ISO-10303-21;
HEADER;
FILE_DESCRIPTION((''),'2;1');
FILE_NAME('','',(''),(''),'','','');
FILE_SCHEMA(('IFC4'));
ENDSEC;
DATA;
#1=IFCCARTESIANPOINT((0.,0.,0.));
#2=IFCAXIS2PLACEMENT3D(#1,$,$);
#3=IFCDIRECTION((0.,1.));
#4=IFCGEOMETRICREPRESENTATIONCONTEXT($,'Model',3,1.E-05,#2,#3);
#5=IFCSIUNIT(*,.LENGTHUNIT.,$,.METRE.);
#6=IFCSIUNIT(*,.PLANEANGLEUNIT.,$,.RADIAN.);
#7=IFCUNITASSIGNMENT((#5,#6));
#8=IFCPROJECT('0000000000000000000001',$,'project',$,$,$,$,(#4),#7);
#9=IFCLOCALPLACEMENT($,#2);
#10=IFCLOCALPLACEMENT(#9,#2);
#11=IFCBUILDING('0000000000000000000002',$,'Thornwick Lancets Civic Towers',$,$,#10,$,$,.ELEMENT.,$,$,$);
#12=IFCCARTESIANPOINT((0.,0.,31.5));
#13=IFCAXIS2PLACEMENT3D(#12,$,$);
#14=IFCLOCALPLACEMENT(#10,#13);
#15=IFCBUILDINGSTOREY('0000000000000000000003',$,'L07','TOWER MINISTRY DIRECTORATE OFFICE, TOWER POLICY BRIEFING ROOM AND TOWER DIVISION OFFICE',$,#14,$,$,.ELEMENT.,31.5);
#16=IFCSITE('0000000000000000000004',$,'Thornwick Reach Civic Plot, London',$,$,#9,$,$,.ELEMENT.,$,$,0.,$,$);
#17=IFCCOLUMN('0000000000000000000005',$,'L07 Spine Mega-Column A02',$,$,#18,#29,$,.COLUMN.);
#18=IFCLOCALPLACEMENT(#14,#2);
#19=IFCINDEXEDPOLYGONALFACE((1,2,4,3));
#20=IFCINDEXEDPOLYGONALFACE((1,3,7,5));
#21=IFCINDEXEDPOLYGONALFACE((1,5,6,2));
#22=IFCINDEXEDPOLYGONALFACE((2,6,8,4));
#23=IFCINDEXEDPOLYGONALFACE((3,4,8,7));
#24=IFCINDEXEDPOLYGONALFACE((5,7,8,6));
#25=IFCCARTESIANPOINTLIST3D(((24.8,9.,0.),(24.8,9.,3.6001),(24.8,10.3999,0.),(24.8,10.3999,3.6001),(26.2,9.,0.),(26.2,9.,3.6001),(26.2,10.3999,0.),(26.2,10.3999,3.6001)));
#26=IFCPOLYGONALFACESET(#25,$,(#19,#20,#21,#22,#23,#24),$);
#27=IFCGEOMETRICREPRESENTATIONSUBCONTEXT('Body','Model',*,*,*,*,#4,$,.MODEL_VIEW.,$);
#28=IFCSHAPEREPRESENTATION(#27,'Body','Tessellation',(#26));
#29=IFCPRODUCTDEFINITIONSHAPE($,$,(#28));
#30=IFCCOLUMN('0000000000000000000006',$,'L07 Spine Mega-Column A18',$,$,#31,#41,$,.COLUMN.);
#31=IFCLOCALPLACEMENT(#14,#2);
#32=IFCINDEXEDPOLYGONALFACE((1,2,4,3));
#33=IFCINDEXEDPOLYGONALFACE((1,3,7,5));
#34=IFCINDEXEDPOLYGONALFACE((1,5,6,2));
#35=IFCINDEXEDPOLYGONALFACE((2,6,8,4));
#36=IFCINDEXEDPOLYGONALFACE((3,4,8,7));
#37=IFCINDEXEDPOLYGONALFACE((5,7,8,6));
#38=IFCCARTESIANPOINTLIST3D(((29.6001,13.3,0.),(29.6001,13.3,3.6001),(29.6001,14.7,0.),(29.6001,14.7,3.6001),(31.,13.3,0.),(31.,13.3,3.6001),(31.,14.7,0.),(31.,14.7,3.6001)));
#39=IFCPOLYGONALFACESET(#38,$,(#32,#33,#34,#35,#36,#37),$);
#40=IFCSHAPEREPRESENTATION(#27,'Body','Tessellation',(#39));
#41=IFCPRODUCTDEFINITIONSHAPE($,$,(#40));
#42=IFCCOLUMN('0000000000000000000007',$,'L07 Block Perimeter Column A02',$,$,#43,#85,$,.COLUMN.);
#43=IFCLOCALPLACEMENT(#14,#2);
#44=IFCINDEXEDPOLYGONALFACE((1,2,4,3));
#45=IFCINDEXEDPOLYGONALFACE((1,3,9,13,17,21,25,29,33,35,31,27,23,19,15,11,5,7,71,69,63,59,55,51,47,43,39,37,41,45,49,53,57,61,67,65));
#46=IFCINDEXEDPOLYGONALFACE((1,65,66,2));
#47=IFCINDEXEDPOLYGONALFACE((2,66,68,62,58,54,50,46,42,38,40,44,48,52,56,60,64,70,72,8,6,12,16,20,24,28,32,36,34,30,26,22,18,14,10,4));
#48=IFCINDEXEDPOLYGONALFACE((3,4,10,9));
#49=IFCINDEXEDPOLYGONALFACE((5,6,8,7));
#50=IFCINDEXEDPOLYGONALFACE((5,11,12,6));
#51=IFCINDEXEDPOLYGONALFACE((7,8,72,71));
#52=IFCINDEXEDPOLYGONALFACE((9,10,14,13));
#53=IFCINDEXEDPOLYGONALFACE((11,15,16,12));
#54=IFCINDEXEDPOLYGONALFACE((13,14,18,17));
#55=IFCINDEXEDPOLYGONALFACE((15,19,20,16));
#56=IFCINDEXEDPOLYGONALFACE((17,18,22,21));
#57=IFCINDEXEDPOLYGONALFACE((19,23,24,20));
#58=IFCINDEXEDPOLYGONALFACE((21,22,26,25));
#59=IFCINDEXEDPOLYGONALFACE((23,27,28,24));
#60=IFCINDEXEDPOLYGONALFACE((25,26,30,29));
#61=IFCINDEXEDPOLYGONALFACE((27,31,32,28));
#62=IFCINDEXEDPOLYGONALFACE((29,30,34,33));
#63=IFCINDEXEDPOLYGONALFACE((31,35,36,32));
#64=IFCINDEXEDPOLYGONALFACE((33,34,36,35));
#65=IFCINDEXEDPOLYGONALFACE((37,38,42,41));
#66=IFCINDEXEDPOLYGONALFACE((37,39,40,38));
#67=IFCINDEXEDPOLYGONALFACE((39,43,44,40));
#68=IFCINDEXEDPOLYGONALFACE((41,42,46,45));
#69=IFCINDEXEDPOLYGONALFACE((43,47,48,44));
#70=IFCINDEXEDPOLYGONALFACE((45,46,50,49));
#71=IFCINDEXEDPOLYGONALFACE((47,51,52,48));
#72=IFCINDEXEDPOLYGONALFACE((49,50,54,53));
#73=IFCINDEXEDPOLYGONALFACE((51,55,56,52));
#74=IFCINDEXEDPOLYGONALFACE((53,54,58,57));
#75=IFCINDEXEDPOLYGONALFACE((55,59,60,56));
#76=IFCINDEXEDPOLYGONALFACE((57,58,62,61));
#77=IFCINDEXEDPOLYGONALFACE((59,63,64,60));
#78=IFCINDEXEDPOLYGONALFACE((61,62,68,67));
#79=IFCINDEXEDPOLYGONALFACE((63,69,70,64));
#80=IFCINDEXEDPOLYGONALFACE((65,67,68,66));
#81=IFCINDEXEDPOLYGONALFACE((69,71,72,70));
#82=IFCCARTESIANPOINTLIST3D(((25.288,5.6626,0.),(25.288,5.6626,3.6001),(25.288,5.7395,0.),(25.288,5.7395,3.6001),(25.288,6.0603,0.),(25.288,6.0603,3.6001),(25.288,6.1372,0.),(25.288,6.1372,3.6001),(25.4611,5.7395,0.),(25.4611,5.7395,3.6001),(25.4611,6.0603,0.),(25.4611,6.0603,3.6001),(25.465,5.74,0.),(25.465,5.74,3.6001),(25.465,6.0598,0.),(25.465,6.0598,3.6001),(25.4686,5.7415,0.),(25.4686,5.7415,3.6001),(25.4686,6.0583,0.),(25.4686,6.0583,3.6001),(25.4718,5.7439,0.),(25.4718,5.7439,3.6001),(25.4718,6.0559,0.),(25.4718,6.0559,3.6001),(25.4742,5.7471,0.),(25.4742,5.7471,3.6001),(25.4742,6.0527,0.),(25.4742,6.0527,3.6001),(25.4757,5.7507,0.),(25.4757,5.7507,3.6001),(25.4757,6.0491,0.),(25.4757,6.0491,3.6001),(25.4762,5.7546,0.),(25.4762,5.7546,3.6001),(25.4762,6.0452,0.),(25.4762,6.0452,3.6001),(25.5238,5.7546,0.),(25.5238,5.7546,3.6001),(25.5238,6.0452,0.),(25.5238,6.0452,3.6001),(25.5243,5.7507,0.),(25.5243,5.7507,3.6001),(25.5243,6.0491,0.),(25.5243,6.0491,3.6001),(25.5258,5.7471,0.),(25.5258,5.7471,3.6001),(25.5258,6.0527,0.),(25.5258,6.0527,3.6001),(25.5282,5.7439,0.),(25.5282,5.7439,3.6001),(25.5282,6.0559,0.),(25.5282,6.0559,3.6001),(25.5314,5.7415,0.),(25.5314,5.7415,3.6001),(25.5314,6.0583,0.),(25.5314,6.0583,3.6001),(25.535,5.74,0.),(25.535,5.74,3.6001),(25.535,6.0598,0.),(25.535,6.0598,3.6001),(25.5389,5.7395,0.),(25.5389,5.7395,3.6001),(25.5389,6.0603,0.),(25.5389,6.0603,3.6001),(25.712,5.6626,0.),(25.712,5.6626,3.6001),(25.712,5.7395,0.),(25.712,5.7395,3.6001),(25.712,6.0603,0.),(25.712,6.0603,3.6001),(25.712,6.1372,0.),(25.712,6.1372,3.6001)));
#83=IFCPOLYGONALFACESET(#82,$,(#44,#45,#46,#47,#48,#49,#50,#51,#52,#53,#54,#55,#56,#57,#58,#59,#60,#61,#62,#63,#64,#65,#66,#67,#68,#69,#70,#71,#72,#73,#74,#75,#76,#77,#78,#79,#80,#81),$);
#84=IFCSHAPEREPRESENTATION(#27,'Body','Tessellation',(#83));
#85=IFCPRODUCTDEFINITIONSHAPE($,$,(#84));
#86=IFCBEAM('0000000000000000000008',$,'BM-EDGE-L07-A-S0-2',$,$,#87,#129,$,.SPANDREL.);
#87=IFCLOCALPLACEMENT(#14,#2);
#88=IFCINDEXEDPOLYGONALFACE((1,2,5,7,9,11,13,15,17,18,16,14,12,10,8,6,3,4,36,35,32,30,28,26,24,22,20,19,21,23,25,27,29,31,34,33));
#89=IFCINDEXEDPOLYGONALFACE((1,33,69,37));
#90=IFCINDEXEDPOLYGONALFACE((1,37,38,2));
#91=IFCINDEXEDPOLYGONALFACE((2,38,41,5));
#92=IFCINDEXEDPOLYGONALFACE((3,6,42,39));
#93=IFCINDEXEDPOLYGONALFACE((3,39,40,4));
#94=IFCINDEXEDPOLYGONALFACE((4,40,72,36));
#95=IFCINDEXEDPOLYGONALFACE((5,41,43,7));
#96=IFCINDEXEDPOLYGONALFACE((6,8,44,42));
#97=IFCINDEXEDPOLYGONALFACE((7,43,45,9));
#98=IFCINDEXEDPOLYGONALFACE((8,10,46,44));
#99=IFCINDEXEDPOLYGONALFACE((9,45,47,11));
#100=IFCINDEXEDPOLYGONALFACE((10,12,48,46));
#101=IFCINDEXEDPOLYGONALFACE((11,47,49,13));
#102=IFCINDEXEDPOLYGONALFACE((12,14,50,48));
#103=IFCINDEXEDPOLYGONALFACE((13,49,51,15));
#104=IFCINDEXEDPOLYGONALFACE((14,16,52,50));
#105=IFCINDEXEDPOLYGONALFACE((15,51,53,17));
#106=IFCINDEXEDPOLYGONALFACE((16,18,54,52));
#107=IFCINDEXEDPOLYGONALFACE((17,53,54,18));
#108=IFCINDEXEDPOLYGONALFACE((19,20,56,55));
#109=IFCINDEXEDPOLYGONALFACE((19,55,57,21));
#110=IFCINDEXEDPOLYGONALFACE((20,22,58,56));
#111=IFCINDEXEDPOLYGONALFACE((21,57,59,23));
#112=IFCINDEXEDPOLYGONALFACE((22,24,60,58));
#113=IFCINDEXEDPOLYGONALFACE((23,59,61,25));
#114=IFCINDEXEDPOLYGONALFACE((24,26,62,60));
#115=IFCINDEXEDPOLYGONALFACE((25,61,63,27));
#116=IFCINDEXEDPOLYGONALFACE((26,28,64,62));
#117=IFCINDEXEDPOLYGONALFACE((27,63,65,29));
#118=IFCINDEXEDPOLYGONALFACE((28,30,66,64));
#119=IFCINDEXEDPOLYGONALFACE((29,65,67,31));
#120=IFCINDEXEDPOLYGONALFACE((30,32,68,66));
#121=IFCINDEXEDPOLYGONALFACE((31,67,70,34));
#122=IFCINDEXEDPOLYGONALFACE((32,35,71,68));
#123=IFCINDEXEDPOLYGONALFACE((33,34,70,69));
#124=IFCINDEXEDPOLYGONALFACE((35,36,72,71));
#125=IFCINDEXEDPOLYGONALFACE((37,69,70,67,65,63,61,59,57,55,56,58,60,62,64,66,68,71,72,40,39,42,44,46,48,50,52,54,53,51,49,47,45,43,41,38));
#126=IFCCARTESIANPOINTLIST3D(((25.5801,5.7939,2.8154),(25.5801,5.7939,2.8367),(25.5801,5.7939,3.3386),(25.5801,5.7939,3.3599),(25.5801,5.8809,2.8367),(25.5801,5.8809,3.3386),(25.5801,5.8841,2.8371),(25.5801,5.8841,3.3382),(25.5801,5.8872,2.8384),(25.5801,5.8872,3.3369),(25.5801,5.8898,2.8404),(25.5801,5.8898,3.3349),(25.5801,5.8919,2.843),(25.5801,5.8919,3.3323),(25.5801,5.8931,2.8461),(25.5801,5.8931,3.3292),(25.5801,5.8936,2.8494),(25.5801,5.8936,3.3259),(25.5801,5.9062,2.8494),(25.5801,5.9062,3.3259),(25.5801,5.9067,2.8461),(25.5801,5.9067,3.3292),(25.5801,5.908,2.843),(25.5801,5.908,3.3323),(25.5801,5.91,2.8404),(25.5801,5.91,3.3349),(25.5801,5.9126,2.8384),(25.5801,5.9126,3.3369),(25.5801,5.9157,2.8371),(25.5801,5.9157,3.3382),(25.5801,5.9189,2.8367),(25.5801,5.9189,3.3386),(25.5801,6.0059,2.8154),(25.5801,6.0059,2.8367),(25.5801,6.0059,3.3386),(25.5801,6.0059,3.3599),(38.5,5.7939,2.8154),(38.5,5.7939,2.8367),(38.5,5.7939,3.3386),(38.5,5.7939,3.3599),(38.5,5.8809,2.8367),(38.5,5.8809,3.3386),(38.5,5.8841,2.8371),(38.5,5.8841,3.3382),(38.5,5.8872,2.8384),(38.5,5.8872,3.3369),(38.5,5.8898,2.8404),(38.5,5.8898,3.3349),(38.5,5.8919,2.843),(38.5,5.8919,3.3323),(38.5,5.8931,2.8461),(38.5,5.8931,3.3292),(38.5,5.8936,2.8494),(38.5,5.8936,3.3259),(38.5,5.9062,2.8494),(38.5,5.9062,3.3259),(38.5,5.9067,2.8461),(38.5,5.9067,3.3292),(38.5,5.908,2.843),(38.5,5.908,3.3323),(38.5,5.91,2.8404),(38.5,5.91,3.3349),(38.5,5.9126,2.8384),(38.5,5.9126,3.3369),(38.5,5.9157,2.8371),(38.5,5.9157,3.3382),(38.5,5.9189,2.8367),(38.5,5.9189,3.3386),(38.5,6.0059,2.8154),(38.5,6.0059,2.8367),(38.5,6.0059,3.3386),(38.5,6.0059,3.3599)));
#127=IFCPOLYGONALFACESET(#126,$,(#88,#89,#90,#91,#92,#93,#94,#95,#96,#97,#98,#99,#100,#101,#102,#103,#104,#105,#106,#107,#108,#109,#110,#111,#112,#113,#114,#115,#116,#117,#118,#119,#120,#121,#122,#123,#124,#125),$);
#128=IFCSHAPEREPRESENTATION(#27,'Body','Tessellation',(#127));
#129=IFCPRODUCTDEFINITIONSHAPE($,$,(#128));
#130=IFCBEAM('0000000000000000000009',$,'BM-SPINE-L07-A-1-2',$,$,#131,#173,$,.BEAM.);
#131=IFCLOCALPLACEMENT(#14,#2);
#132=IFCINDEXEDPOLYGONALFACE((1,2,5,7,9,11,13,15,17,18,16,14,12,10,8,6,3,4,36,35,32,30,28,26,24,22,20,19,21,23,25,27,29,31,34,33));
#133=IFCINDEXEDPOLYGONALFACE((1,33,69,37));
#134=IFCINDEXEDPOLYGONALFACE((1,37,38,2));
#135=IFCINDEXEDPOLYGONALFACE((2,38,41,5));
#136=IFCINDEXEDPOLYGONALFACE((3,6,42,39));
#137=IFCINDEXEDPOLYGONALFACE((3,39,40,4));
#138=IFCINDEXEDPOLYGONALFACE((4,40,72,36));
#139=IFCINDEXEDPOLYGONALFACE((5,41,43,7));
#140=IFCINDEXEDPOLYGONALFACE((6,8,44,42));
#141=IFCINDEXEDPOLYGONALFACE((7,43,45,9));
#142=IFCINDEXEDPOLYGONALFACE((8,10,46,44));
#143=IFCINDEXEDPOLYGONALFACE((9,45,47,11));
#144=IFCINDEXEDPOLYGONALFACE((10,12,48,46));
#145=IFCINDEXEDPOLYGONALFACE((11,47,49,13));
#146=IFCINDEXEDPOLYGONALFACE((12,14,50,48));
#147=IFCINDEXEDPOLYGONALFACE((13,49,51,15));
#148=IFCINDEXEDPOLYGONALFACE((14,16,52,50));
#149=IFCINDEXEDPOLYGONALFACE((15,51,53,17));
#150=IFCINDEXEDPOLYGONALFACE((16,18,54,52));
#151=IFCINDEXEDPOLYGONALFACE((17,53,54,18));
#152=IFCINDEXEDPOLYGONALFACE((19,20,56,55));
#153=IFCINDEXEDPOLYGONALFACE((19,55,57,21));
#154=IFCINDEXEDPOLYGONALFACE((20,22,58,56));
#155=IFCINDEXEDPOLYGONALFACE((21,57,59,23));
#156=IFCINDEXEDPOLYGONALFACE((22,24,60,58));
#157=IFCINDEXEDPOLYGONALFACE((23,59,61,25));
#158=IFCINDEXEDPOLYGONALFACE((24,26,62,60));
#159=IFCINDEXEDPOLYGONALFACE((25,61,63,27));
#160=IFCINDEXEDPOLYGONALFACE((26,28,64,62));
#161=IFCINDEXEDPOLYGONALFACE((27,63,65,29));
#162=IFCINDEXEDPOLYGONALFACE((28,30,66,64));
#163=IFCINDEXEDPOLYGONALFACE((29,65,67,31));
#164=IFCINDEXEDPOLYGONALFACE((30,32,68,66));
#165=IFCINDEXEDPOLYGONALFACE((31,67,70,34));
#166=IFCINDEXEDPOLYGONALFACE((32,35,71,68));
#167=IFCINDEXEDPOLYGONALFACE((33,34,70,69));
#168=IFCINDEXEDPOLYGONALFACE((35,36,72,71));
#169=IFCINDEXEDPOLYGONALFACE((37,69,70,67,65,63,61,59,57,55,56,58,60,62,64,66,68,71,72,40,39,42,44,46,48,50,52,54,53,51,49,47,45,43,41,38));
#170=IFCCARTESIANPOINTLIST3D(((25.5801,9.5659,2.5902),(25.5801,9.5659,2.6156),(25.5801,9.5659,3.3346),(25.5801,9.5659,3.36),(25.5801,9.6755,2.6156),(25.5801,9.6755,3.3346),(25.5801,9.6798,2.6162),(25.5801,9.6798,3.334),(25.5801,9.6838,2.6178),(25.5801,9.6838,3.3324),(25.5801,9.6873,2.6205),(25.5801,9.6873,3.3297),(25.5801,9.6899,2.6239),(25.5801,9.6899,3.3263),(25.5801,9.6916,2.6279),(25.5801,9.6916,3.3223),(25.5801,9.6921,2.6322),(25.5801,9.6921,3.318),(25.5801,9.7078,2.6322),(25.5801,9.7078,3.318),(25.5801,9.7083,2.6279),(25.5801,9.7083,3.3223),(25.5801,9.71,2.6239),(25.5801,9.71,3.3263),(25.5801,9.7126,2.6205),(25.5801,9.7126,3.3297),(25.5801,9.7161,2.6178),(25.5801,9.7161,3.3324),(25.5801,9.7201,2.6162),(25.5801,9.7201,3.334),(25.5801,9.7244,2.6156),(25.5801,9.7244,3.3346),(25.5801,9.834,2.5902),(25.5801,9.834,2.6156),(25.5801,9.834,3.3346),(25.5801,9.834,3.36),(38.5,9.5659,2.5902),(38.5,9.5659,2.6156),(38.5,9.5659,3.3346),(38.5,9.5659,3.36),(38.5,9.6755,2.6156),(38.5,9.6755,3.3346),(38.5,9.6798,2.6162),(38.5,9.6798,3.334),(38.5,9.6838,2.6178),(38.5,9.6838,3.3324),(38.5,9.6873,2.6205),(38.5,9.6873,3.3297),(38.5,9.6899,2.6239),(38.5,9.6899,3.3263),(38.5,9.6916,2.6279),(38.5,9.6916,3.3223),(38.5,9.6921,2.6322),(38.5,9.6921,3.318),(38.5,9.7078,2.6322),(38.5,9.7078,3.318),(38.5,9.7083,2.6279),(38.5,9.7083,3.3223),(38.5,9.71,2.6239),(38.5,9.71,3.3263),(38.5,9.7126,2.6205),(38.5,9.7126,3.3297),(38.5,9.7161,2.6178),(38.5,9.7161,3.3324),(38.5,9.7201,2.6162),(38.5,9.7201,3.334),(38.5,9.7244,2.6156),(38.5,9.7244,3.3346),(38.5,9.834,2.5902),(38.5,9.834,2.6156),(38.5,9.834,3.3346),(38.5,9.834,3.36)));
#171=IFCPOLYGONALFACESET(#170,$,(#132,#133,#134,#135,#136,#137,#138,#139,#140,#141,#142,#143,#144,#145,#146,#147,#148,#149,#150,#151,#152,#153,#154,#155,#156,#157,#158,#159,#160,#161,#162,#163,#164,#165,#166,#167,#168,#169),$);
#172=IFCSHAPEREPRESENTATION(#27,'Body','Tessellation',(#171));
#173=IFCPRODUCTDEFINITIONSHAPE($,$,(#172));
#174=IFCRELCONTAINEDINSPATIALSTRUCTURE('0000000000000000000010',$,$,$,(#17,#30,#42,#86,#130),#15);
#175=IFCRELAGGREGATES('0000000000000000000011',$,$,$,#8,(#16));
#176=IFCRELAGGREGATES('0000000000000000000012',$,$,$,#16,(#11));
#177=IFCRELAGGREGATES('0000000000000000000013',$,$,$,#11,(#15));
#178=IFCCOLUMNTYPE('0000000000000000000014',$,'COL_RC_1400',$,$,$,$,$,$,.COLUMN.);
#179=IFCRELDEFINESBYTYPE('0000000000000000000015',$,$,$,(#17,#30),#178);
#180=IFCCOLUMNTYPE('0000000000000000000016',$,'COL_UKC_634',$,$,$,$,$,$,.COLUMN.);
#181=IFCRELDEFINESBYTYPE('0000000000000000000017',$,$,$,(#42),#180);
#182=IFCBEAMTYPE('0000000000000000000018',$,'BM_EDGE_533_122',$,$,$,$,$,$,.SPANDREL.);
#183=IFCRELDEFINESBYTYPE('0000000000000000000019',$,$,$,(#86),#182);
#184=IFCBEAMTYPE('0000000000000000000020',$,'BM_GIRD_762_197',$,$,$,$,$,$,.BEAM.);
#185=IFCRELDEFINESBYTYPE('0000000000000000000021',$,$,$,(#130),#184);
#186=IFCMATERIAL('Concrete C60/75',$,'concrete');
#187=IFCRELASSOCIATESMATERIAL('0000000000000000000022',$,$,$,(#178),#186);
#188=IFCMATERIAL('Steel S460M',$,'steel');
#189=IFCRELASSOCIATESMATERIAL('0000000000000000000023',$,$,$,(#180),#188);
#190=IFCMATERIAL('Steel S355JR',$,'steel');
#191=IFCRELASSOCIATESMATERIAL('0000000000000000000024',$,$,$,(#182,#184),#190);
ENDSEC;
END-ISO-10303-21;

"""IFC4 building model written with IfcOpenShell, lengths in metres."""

from ifc_helpers import new_model, si_unit, direction, frame, origin, origin_2d, place, context, subcontext, project, spatial, rectangle, i_section, extrude, material, material_profile, profile_set, type_object, element, save


model = new_model("IFC4")

# Units and contexts
model_context = context("Model", 3, precision=1e-05, world=origin(), true_north=direction((0.0, 1.0)))
body_context = subcontext(model_context, "Body", "Model", "MODEL_VIEW")
ifc_project = project(units=[si_unit("LENGTHUNIT", "METRE"), si_unit("PLANEANGLEUNIT", "RADIAN")], contexts=[model_context])

# Site, building, storey
site_placement = place(None, origin())
site = spatial("IfcSite", under=ifc_project, at=site_placement, Name="Thornwick Reach Civic Plot, London", CompositionType="ELEMENT", RefElevation=0.0)
building_placement = place(site_placement, origin())
building = spatial("IfcBuilding", under=site, at=building_placement, Name="Thornwick Lancets Civic Towers", CompositionType="ELEMENT")
storey_placement = place(building_placement, frame((0.0, 0.0, 31.5)))
storey = spatial("IfcBuildingStorey", under=building, at=storey_placement, Name="L07", Description="TOWER MINISTRY DIRECTORATE OFFICE, TOWER POLICY BRIEFING ROOM AND TOWER DIVISION OFFICE", CompositionType="ELEMENT", Elevation=31.5)

# Columns
ifc_material_1 = material(Name="Concrete C60/75", Category="concrete")
ifc_material_profile_1 = material_profile(ifc_material_1, rectangle(XDim=1.3999, YDim=1.3999, at=origin_2d()), Name="RC 1400x1400")
ifc_profile_set_1 = profile_set([ifc_material_profile_1], Name="Concrete C60/75")
column_type_1 = type_object("IfcColumnType", Name="COL_RC_1400", PredefinedType="COLUMN", material=ifc_profile_set_1)
for number, where, z_axis, x_axis, name in (
    (1, (25.5, 9.7, 0.0), (0.0, 0.0, 1.0), (1.0, 0.0, 0.0), "L07 Spine Mega-Column A02"),
    (2, (30.3, 14.0, 0.0), (0.0, 0.0, 1.0), (1.0, 0.0, 0.0), "L07 Spine Mega-Column A18"),
):
    element("IfcColumn", number, at=place(storey_placement, frame(where, z_axis=z_axis, x_axis=x_axis)), inside=storey, type_object=column_type_1, Name=name, PredefinedType="COLUMN", context=body_context, shape_type="SweptSolid", body=[
        extrude(rectangle(XDim=1.3999, YDim=1.3999, at=origin_2d()), origin(), (0.0, 0.0, 1.0), 3.6001),
    ])
ifc_material_2 = material(Name="Steel S460M", Category="steel")
ifc_material_profile_2 = material_profile(ifc_material_2, i_section(OverallWidth=0.4241, OverallDepth=0.4746, WebThickness=0.0476, FlangeThickness=0.0769, FilletRadius=0.0151, at=origin_2d()), Name="UKC 356x406x634")
ifc_profile_set_2 = profile_set([ifc_material_profile_2], Name="Steel S460M")
column_type_2 = type_object("IfcColumnType", Name="COL_UKC_634", PredefinedType="COLUMN", material=ifc_profile_set_2)
column_placement = place(storey_placement, frame((25.5, 5.8999, 0.0), z_axis=(0.0, 0.0, 1.0), x_axis=(1.0, 0.0, 0.0)))
element("IfcColumn", 3, at=column_placement, inside=storey, type_object=column_type_2, Name="L07 Block Perimeter Column A02", PredefinedType="COLUMN", context=body_context, shape_type="SweptSolid", body=[
    extrude(i_section(OverallWidth=0.4241, OverallDepth=0.4746, WebThickness=0.0476, FlangeThickness=0.0769, FilletRadius=0.0151, at=origin_2d()), origin(), (0.0, 0.0, 1.0), 3.6001),
])

# Beams
ifc_material_3 = material(Name="Steel S355JR", Category="steel")
ifc_material_profile_3 = material_profile(ifc_material_3, i_section(OverallWidth=0.2119, OverallDepth=0.5444, WebThickness=0.0127, FlangeThickness=0.0212, FilletRadius=0.0127, at=origin_2d()), Name="UKB 533x210x122")
ifc_profile_set_3 = profile_set([ifc_material_profile_3], Name="Steel S355JR")
beam_type_1 = type_object("IfcBeamType", Name="BM_EDGE_533_122", PredefinedType="SPANDREL", material=ifc_profile_set_3)
beam_1_placement = place(storey_placement, frame((25.5801, 5.8999, 3.0876), z_axis=(1.0, 0.0, 0.0), x_axis=(0.0, 1.0, 0.0)))
element("IfcBeam", 4, at=beam_1_placement, inside=storey, type_object=beam_type_1, Name="BM-EDGE-L07-A-S0-2", PredefinedType="SPANDREL", context=body_context, shape_type="SweptSolid", body=[
    extrude(i_section(OverallWidth=0.2119, OverallDepth=0.5444, WebThickness=0.0127, FlangeThickness=0.0212, FilletRadius=0.0127, at=origin_2d()), origin(), (0.0, 0.0, 1.0), 12.9199),
])
ifc_material_profile_4 = material_profile(ifc_material_3, i_section(OverallWidth=0.2681, OverallDepth=0.7698, WebThickness=0.0156, FlangeThickness=0.0254, FilletRadius=0.0166, at=origin_2d()), Name="UKB 762x267x197")
ifc_profile_set_4 = profile_set([ifc_material_profile_4], Name="Steel S355JR")
beam_type_2 = type_object("IfcBeamType", Name="BM_GIRD_762_197", PredefinedType="BEAM", material=ifc_profile_set_4)
beam_2_placement = place(storey_placement, frame((25.5801, 9.7, 2.9751), z_axis=(1.0, 0.0, 0.0), x_axis=(0.0, 1.0, 0.0)))
element("IfcBeam", 5, at=beam_2_placement, inside=storey, type_object=beam_type_2, Name="BM-SPINE-L07-A-1-2", PredefinedType="BEAM", context=body_context, shape_type="SweptSolid", body=[
    extrude(i_section(OverallWidth=0.2681, OverallDepth=0.7698, WebThickness=0.0156, FlangeThickness=0.0254, FilletRadius=0.0166, at=origin_2d()), origin(), (0.0, 0.0, 1.0), 12.9199),
])

save(model, "model.ifc")
